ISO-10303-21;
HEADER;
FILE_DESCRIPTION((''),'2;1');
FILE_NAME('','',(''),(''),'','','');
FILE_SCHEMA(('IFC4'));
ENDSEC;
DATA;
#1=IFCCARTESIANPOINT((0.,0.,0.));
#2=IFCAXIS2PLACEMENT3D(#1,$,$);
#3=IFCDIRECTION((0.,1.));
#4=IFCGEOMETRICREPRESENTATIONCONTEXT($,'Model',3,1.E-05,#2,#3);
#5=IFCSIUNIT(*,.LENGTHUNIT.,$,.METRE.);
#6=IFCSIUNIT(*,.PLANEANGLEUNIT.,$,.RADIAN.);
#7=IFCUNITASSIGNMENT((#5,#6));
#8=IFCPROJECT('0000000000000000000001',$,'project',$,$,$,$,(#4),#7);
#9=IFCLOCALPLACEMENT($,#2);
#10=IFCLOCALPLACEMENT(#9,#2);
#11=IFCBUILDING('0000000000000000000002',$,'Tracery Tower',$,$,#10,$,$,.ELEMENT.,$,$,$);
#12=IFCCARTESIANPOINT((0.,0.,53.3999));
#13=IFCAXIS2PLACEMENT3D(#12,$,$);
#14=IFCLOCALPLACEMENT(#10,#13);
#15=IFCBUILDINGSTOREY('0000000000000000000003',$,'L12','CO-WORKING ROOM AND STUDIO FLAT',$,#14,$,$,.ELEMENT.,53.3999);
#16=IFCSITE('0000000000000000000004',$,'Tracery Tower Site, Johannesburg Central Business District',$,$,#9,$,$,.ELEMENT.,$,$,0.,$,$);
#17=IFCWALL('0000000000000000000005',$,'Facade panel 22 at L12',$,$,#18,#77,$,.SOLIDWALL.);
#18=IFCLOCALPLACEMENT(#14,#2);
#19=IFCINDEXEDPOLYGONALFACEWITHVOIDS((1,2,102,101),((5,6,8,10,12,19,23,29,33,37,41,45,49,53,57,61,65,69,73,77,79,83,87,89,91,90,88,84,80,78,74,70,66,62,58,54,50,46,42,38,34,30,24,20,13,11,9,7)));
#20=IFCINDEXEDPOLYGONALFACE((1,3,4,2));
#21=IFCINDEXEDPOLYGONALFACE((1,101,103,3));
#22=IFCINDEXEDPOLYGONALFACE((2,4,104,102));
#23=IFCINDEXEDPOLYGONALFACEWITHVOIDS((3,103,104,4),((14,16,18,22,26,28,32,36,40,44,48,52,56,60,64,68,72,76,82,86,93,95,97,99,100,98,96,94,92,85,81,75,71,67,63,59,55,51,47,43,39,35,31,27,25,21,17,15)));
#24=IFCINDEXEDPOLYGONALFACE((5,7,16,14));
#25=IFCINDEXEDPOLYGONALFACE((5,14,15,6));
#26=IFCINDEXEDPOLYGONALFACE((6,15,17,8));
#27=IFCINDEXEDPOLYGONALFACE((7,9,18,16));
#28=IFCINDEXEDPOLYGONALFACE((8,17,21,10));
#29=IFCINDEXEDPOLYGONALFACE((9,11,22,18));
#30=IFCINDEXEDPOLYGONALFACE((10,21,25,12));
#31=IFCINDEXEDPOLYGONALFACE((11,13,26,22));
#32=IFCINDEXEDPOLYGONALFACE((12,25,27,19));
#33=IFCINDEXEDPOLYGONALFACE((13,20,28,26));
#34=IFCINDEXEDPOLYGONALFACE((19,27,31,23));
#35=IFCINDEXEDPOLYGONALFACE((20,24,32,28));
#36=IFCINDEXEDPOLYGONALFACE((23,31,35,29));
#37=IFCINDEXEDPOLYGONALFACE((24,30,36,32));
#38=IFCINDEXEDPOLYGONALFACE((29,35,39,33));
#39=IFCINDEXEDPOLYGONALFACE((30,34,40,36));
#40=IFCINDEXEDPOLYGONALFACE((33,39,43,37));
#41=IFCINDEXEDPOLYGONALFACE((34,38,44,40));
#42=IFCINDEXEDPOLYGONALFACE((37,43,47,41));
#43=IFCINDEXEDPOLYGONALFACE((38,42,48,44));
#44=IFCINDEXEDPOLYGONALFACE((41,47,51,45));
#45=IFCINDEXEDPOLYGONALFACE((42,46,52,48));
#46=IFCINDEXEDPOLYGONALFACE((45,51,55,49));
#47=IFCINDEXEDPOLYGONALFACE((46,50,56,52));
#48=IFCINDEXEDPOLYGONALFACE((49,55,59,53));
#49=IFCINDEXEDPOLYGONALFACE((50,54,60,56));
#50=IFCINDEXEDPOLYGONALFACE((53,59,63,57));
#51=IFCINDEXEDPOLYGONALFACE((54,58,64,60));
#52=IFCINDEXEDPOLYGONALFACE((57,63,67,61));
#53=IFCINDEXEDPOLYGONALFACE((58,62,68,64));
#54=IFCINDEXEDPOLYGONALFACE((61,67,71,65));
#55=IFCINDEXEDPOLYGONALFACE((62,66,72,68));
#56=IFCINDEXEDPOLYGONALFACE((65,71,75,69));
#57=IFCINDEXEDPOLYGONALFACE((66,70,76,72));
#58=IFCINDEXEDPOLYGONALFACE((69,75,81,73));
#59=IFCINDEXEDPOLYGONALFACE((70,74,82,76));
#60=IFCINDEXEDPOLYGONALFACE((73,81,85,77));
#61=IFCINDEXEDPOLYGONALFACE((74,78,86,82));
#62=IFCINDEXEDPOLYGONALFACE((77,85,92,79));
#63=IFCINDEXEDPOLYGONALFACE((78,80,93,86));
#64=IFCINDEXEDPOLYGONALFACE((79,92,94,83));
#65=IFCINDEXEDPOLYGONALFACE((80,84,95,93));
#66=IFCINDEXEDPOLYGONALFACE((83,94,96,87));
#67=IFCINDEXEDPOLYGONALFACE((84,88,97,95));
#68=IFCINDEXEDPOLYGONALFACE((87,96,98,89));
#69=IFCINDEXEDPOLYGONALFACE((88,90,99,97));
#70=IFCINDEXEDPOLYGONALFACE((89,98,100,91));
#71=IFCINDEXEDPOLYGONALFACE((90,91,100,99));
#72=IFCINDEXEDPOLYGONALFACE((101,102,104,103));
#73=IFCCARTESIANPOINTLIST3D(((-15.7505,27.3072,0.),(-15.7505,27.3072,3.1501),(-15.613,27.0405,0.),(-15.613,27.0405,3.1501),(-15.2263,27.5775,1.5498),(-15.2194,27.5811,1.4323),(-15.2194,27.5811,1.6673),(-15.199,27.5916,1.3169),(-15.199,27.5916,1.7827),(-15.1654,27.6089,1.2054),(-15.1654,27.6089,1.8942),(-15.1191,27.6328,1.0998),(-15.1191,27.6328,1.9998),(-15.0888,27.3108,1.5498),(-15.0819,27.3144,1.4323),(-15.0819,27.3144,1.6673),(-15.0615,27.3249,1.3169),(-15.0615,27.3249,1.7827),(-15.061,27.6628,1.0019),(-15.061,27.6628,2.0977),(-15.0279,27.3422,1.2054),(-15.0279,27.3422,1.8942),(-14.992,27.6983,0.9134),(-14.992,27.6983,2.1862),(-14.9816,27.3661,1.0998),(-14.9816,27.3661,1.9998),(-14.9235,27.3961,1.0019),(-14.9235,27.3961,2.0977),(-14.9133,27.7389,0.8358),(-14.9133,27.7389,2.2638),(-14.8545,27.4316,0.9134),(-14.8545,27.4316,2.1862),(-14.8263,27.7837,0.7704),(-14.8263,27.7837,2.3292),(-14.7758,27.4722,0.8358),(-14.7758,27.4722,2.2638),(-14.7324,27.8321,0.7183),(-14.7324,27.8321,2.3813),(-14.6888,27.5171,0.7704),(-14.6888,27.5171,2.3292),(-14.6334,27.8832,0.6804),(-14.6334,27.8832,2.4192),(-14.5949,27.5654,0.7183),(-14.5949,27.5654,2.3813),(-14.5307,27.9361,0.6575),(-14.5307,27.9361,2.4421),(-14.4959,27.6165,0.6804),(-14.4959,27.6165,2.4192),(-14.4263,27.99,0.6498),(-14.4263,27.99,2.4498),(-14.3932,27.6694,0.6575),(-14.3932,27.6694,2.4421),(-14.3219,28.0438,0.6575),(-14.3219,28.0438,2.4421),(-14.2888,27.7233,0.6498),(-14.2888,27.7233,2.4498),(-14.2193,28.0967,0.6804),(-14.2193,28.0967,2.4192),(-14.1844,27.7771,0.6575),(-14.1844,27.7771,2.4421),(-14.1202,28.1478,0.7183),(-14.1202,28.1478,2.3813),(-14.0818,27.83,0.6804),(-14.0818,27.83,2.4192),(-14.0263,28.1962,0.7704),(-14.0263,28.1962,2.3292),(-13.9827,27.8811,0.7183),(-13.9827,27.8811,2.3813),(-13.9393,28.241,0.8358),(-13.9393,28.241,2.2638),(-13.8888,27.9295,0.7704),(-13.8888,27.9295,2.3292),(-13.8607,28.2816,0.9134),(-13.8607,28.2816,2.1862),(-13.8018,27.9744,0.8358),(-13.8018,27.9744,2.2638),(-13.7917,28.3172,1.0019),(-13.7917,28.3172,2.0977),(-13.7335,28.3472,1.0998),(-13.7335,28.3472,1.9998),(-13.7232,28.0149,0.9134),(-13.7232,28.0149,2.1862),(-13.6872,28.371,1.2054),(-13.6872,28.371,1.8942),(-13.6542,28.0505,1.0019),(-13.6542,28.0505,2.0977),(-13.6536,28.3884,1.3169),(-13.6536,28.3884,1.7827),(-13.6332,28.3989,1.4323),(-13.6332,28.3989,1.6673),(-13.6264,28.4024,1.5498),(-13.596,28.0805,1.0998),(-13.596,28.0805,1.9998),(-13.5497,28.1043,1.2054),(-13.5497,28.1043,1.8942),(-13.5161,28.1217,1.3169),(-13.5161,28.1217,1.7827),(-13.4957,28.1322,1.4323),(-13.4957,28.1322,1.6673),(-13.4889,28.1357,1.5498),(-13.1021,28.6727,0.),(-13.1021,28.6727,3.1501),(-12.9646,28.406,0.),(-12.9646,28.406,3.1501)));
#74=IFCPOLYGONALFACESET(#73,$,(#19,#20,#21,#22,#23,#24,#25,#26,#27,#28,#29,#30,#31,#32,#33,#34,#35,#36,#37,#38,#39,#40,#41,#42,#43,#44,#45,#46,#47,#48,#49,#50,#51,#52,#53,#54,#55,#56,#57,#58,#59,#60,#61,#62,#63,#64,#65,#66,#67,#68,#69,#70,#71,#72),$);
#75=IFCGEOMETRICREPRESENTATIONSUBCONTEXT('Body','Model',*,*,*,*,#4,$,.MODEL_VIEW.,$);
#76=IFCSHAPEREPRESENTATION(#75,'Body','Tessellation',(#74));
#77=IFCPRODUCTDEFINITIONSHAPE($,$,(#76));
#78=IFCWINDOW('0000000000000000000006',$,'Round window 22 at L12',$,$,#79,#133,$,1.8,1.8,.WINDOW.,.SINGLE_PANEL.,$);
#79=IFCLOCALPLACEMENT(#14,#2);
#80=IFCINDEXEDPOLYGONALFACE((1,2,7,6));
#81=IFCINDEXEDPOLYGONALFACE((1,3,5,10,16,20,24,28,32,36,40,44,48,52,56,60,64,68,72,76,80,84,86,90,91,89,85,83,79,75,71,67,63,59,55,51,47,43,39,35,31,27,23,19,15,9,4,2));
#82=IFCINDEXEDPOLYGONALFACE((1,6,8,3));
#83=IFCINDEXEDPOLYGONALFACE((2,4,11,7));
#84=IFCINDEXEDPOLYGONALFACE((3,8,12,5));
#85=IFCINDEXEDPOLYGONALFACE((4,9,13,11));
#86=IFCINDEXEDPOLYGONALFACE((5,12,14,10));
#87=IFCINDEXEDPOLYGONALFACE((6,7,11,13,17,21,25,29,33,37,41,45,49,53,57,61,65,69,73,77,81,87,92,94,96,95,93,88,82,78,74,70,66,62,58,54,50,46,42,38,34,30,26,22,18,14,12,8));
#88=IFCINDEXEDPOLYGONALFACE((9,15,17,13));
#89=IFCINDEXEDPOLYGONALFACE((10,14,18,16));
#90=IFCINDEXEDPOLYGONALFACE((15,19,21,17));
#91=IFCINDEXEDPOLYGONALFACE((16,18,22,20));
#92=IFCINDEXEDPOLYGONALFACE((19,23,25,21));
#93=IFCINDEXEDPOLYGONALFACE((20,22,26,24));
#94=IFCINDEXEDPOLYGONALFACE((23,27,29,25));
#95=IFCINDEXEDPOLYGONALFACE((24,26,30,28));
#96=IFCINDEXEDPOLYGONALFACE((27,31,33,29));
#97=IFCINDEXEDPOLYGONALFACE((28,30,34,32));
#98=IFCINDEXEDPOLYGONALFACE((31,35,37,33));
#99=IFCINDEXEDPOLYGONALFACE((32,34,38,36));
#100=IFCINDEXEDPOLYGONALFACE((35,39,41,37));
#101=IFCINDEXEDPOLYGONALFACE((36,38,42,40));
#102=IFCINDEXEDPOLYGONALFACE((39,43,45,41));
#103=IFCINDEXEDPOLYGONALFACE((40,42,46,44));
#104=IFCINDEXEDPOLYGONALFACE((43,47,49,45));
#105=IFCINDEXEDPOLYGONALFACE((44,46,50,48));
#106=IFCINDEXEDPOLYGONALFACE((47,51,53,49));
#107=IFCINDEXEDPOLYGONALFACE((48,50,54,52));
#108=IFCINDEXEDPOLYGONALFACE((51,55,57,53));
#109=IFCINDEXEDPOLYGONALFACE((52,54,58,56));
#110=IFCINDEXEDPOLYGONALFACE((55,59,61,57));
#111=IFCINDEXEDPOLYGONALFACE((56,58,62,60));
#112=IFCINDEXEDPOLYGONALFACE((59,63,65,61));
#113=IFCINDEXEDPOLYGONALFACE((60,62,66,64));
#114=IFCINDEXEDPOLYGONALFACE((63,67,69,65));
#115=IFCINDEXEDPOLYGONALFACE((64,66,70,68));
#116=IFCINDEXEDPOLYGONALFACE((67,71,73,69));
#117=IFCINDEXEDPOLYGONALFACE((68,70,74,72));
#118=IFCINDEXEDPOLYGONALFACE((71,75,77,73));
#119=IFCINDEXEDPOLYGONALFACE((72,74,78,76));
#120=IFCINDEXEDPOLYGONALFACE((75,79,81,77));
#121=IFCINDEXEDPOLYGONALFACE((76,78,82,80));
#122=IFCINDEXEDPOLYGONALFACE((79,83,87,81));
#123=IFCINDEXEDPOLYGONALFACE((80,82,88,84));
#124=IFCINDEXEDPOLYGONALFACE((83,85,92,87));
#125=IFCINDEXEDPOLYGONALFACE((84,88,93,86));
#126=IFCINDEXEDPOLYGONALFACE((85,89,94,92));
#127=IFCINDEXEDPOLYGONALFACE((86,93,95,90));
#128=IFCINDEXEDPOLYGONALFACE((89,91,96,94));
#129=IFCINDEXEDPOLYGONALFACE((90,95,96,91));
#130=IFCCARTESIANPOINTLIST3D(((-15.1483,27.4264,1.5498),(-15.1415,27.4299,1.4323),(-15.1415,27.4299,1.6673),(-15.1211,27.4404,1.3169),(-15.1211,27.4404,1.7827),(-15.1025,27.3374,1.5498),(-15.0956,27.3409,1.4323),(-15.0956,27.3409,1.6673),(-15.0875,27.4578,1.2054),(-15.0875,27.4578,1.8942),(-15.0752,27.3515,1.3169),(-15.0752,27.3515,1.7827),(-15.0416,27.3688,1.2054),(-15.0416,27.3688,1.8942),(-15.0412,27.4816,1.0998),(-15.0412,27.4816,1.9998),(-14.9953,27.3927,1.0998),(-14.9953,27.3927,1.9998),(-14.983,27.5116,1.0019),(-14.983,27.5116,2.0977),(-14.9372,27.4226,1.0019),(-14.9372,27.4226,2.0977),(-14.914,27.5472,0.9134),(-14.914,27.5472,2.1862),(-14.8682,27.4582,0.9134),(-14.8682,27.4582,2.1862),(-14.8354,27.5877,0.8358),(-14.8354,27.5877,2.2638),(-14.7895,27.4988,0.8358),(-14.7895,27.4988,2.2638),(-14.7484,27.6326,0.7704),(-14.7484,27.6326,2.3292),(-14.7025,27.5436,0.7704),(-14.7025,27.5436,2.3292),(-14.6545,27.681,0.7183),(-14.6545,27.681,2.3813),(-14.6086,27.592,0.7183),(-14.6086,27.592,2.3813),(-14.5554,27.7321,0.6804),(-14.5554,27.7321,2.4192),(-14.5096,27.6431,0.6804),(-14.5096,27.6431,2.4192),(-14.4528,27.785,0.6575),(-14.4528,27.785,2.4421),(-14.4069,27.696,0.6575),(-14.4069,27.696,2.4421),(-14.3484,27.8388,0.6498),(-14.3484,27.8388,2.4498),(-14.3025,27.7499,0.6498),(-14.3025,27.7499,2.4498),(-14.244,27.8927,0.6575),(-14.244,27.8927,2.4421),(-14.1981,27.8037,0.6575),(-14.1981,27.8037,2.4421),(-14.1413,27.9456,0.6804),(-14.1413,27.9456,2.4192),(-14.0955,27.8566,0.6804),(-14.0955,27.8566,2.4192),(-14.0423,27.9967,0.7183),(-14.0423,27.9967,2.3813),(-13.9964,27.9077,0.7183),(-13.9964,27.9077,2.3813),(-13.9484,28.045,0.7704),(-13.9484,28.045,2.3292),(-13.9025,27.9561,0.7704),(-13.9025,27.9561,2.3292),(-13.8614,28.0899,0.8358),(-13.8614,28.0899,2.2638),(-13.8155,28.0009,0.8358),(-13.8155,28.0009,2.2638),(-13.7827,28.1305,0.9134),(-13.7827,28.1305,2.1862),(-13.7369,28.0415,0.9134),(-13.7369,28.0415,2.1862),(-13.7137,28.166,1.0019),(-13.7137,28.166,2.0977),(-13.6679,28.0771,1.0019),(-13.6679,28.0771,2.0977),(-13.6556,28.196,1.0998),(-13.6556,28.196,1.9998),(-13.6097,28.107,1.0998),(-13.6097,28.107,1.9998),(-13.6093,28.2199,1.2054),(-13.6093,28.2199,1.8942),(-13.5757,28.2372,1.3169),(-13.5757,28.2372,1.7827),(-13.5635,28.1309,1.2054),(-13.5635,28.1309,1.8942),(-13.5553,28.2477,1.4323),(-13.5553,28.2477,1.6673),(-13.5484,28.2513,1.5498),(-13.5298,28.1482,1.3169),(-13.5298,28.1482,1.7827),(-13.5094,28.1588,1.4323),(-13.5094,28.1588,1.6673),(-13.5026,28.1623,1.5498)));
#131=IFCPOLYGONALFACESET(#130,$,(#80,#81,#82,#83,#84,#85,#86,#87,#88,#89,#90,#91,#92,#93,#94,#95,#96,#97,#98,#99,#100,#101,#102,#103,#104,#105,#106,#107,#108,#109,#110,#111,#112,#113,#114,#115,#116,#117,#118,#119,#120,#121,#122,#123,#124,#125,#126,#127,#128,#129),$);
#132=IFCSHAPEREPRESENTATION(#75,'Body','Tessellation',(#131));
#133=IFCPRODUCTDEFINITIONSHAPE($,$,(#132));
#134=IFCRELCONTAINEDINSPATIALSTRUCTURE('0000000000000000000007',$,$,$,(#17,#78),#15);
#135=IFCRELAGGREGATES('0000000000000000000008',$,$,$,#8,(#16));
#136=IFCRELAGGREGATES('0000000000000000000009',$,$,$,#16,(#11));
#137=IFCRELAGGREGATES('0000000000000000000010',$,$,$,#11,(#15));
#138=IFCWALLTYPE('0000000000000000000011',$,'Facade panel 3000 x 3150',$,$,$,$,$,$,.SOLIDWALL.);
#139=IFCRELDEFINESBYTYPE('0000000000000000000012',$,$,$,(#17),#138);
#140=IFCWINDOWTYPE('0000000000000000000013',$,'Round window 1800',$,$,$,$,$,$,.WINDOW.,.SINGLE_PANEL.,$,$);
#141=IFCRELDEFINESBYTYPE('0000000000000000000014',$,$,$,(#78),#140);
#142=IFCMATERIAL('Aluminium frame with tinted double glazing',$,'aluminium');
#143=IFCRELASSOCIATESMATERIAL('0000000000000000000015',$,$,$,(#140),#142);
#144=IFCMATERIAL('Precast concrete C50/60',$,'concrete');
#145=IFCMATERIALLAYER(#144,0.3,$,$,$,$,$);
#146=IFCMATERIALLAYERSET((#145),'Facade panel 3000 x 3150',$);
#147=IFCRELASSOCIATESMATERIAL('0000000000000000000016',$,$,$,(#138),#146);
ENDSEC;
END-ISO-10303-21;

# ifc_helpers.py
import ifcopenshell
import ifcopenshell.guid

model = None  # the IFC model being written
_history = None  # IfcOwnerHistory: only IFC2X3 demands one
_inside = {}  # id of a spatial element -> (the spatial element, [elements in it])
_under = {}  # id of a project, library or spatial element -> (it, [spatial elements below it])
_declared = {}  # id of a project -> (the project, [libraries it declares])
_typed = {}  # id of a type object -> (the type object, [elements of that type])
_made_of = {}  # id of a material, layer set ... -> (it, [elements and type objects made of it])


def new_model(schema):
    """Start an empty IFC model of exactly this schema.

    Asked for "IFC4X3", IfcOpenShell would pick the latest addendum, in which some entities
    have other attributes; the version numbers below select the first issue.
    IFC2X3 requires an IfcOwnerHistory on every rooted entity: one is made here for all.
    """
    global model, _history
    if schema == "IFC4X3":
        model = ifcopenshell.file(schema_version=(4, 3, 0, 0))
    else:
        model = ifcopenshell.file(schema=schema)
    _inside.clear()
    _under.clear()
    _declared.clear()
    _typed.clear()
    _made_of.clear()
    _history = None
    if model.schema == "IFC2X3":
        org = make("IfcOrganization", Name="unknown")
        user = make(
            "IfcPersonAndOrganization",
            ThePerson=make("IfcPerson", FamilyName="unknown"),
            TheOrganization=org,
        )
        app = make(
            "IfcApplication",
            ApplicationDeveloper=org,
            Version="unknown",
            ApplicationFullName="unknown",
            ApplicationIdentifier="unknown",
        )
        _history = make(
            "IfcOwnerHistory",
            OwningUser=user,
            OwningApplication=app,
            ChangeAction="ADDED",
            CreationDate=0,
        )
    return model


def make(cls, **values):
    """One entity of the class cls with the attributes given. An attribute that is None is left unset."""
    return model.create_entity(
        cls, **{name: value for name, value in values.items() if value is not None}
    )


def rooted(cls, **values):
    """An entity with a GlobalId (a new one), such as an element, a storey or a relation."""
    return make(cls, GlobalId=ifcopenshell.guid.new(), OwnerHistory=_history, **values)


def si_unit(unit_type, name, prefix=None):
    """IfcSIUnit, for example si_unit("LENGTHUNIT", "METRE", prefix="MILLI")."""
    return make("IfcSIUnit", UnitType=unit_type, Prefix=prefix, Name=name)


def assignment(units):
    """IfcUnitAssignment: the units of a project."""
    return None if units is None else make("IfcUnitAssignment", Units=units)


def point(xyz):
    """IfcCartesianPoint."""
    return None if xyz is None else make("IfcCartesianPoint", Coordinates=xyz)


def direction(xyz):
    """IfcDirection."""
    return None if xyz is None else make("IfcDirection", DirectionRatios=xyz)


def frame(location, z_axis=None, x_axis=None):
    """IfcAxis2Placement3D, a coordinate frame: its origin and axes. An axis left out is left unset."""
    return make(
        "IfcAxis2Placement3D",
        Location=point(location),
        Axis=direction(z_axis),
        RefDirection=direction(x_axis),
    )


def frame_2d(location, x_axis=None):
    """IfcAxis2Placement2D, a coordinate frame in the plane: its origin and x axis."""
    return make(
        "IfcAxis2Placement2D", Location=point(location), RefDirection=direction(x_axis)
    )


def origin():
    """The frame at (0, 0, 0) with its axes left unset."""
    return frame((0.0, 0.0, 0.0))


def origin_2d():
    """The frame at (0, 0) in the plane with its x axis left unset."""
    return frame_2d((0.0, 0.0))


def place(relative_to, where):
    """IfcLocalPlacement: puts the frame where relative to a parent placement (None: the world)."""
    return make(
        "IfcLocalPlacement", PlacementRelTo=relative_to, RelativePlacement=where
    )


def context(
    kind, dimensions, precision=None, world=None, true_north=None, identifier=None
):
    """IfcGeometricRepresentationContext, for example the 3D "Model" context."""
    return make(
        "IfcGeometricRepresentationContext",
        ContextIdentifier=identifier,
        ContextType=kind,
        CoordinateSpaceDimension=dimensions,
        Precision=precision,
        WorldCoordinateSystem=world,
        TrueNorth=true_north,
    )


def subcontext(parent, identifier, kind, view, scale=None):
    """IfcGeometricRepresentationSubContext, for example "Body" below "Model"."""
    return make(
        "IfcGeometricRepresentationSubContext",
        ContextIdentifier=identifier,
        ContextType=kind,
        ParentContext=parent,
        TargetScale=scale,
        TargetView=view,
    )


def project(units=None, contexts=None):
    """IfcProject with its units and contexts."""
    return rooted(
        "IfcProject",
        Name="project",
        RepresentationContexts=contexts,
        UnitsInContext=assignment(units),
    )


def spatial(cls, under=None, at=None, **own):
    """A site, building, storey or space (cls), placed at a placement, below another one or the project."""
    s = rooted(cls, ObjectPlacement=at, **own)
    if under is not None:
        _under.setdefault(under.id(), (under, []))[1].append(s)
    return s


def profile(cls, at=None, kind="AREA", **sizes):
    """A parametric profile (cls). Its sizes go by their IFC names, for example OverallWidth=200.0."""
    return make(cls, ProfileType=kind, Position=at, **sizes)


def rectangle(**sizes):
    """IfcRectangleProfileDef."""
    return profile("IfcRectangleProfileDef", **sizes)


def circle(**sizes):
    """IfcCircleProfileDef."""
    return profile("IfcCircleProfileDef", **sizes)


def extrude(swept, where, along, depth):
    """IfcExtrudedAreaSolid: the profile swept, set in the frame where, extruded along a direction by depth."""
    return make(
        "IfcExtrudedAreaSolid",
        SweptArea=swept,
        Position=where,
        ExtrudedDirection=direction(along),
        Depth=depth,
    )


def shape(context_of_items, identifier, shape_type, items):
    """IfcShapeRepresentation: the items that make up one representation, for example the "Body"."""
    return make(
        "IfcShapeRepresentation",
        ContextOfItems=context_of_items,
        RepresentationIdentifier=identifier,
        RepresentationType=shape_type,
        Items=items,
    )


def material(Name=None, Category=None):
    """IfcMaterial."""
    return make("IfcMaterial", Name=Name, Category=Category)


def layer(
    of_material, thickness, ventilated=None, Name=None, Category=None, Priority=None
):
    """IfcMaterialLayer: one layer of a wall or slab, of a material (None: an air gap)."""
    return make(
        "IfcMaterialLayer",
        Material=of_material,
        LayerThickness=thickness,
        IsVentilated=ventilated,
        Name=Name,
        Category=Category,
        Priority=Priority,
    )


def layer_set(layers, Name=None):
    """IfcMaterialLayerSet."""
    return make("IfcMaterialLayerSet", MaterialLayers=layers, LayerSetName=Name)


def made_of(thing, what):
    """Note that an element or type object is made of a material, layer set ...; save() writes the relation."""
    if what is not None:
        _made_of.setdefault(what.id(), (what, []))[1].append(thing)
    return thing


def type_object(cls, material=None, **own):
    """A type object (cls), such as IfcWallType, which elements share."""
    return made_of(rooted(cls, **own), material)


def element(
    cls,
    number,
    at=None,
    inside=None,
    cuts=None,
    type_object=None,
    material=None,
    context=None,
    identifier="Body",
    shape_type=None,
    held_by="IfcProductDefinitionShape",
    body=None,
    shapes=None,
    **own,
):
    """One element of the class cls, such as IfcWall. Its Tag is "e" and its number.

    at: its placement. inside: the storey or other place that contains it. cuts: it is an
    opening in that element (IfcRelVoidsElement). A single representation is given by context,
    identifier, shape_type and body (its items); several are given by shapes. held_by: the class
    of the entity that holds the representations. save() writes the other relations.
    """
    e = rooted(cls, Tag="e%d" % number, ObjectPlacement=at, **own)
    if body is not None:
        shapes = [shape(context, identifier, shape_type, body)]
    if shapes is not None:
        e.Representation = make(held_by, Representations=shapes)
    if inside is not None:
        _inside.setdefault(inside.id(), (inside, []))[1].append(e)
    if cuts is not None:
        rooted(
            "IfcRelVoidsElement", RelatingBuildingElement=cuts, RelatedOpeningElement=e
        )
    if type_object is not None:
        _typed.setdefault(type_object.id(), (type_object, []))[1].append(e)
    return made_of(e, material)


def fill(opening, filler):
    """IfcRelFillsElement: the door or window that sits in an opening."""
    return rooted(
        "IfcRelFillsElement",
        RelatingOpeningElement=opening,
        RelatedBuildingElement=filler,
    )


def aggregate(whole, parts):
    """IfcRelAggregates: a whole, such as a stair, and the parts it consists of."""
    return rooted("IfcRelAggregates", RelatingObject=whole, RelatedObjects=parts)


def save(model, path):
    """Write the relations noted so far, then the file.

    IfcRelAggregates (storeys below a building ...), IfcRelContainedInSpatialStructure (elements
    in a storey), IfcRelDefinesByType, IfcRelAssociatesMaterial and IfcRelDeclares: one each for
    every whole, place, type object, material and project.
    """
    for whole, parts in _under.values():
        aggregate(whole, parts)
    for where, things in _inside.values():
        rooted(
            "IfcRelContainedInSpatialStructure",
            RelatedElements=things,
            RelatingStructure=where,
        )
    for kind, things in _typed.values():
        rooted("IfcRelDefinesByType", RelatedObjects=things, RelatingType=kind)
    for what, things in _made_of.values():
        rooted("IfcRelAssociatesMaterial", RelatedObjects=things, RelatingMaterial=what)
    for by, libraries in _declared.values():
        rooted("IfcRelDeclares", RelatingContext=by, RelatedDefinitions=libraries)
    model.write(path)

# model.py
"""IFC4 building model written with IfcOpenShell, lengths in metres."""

from ifc_helpers import new_model, si_unit, direction, frame, frame_2d, origin, origin_2d, place, context, subcontext, project, spatial, rectangle, circle, extrude, material, layer, layer_set, type_object, element, fill, save


model = new_model("IFC4")

# Units and contexts
model_context = context("Model", 3, precision=1e-05, world=origin(), true_north=direction((0.0, 1.0)))
body_context = subcontext(model_context, "Body", "Model", "MODEL_VIEW")
ifc_project = project(units=[si_unit("LENGTHUNIT", "METRE"), si_unit("PLANEANGLEUNIT", "RADIAN")], contexts=[model_context])

# Site, building, storey
site_placement = place(None, origin())
site = spatial("IfcSite", under=ifc_project, at=site_placement, Name="Tracery Tower Site, Johannesburg Central Business District", CompositionType="ELEMENT", RefElevation=0.0)
building_placement = place(site_placement, origin())
building = spatial("IfcBuilding", under=site, at=building_placement, Name="Tracery Tower", CompositionType="ELEMENT")
storey_placement = place(building_placement, frame((0.0, 0.0, 53.3999)))
storey = spatial("IfcBuildingStorey", under=building, at=storey_placement, Name="L12", Description="CO-WORKING ROOM AND STUDIO FLAT", CompositionType="ELEMENT", Elevation=53.3999)

# Wall, opening, window
ifc_material_1 = material(Name="Aluminium frame with tinted double glazing", Category="aluminium")
window_type = type_object("IfcWindowType", Name="Round window 1800", PartitioningType="SINGLE_PANEL", PredefinedType="WINDOW", material=ifc_material_1)
ifc_material_2 = material(Name="Precast concrete C50/60", Category="concrete")
ifc_layer_1 = layer(ifc_material_2, 0.3)
ifc_layer_set_1 = layer_set([ifc_layer_1], Name="Facade panel 3000 x 3150")
wall_type_1 = type_object("IfcWallType", Name="Facade panel 3000 x 3150", PredefinedType="SOLIDWALL", material=ifc_layer_set_1)
wall_1_placement = place(storey_placement, frame((-13.0334, 28.5393, 0.0), z_axis=(0.0, 0.0, 1.0), x_axis=(-0.88882, -0.458257, 0.0)))
wall_1 = element("IfcWall", 1, at=wall_1_placement, inside=storey, type_object=wall_type_1, Name="Facade panel 22 at L12", PredefinedType="SOLIDWALL", context=body_context, shape_type="SweptSolid", body=[
    extrude(rectangle(XDim=2.9797, YDim=0.3, at=frame_2d((1.4897, 0.0))), origin(), (0.0, 0.0, 1.0), 3.1501),
])
opening_1_placement = place(wall_1_placement, frame((1.4897, 0.0, 1.5498)))
opening_1 = element("IfcOpeningElement", 2, at=opening_1_placement, cuts=wall_1, PredefinedType="OPENING", context=body_context, shape_type="SweptSolid", body=[
    extrude(circle(Radius=0.9, at=origin_2d()), frame((0.0, 0.1599, 0.0), z_axis=(0.0, -1.0, 0.0), x_axis=(1.0, 0.0, 0.0)), (0.0, 0.0, 1.0), 0.3201),
])
window_1_placement = place(opening_1_placement, origin())
window_1 = element("IfcWindow", 3, at=window_1_placement, inside=storey, type_object=window_type, Name="Round window 22 at L12", OverallHeight=1.8, OverallWidth=1.8, PartitioningType="SINGLE_PANEL", PredefinedType="WINDOW", context=body_context, shape_type="SweptSolid", body=[
    extrude(circle(Radius=0.9, at=origin_2d()), frame((0.0, 0.1201, 0.0), z_axis=(0.0, -1.0, 0.0), x_axis=(1.0, 0.0, 0.0)), (0.0, 0.0, 1.0), 0.1001),
])
fill(opening_1, window_1)

save(model, "model.ifc")
